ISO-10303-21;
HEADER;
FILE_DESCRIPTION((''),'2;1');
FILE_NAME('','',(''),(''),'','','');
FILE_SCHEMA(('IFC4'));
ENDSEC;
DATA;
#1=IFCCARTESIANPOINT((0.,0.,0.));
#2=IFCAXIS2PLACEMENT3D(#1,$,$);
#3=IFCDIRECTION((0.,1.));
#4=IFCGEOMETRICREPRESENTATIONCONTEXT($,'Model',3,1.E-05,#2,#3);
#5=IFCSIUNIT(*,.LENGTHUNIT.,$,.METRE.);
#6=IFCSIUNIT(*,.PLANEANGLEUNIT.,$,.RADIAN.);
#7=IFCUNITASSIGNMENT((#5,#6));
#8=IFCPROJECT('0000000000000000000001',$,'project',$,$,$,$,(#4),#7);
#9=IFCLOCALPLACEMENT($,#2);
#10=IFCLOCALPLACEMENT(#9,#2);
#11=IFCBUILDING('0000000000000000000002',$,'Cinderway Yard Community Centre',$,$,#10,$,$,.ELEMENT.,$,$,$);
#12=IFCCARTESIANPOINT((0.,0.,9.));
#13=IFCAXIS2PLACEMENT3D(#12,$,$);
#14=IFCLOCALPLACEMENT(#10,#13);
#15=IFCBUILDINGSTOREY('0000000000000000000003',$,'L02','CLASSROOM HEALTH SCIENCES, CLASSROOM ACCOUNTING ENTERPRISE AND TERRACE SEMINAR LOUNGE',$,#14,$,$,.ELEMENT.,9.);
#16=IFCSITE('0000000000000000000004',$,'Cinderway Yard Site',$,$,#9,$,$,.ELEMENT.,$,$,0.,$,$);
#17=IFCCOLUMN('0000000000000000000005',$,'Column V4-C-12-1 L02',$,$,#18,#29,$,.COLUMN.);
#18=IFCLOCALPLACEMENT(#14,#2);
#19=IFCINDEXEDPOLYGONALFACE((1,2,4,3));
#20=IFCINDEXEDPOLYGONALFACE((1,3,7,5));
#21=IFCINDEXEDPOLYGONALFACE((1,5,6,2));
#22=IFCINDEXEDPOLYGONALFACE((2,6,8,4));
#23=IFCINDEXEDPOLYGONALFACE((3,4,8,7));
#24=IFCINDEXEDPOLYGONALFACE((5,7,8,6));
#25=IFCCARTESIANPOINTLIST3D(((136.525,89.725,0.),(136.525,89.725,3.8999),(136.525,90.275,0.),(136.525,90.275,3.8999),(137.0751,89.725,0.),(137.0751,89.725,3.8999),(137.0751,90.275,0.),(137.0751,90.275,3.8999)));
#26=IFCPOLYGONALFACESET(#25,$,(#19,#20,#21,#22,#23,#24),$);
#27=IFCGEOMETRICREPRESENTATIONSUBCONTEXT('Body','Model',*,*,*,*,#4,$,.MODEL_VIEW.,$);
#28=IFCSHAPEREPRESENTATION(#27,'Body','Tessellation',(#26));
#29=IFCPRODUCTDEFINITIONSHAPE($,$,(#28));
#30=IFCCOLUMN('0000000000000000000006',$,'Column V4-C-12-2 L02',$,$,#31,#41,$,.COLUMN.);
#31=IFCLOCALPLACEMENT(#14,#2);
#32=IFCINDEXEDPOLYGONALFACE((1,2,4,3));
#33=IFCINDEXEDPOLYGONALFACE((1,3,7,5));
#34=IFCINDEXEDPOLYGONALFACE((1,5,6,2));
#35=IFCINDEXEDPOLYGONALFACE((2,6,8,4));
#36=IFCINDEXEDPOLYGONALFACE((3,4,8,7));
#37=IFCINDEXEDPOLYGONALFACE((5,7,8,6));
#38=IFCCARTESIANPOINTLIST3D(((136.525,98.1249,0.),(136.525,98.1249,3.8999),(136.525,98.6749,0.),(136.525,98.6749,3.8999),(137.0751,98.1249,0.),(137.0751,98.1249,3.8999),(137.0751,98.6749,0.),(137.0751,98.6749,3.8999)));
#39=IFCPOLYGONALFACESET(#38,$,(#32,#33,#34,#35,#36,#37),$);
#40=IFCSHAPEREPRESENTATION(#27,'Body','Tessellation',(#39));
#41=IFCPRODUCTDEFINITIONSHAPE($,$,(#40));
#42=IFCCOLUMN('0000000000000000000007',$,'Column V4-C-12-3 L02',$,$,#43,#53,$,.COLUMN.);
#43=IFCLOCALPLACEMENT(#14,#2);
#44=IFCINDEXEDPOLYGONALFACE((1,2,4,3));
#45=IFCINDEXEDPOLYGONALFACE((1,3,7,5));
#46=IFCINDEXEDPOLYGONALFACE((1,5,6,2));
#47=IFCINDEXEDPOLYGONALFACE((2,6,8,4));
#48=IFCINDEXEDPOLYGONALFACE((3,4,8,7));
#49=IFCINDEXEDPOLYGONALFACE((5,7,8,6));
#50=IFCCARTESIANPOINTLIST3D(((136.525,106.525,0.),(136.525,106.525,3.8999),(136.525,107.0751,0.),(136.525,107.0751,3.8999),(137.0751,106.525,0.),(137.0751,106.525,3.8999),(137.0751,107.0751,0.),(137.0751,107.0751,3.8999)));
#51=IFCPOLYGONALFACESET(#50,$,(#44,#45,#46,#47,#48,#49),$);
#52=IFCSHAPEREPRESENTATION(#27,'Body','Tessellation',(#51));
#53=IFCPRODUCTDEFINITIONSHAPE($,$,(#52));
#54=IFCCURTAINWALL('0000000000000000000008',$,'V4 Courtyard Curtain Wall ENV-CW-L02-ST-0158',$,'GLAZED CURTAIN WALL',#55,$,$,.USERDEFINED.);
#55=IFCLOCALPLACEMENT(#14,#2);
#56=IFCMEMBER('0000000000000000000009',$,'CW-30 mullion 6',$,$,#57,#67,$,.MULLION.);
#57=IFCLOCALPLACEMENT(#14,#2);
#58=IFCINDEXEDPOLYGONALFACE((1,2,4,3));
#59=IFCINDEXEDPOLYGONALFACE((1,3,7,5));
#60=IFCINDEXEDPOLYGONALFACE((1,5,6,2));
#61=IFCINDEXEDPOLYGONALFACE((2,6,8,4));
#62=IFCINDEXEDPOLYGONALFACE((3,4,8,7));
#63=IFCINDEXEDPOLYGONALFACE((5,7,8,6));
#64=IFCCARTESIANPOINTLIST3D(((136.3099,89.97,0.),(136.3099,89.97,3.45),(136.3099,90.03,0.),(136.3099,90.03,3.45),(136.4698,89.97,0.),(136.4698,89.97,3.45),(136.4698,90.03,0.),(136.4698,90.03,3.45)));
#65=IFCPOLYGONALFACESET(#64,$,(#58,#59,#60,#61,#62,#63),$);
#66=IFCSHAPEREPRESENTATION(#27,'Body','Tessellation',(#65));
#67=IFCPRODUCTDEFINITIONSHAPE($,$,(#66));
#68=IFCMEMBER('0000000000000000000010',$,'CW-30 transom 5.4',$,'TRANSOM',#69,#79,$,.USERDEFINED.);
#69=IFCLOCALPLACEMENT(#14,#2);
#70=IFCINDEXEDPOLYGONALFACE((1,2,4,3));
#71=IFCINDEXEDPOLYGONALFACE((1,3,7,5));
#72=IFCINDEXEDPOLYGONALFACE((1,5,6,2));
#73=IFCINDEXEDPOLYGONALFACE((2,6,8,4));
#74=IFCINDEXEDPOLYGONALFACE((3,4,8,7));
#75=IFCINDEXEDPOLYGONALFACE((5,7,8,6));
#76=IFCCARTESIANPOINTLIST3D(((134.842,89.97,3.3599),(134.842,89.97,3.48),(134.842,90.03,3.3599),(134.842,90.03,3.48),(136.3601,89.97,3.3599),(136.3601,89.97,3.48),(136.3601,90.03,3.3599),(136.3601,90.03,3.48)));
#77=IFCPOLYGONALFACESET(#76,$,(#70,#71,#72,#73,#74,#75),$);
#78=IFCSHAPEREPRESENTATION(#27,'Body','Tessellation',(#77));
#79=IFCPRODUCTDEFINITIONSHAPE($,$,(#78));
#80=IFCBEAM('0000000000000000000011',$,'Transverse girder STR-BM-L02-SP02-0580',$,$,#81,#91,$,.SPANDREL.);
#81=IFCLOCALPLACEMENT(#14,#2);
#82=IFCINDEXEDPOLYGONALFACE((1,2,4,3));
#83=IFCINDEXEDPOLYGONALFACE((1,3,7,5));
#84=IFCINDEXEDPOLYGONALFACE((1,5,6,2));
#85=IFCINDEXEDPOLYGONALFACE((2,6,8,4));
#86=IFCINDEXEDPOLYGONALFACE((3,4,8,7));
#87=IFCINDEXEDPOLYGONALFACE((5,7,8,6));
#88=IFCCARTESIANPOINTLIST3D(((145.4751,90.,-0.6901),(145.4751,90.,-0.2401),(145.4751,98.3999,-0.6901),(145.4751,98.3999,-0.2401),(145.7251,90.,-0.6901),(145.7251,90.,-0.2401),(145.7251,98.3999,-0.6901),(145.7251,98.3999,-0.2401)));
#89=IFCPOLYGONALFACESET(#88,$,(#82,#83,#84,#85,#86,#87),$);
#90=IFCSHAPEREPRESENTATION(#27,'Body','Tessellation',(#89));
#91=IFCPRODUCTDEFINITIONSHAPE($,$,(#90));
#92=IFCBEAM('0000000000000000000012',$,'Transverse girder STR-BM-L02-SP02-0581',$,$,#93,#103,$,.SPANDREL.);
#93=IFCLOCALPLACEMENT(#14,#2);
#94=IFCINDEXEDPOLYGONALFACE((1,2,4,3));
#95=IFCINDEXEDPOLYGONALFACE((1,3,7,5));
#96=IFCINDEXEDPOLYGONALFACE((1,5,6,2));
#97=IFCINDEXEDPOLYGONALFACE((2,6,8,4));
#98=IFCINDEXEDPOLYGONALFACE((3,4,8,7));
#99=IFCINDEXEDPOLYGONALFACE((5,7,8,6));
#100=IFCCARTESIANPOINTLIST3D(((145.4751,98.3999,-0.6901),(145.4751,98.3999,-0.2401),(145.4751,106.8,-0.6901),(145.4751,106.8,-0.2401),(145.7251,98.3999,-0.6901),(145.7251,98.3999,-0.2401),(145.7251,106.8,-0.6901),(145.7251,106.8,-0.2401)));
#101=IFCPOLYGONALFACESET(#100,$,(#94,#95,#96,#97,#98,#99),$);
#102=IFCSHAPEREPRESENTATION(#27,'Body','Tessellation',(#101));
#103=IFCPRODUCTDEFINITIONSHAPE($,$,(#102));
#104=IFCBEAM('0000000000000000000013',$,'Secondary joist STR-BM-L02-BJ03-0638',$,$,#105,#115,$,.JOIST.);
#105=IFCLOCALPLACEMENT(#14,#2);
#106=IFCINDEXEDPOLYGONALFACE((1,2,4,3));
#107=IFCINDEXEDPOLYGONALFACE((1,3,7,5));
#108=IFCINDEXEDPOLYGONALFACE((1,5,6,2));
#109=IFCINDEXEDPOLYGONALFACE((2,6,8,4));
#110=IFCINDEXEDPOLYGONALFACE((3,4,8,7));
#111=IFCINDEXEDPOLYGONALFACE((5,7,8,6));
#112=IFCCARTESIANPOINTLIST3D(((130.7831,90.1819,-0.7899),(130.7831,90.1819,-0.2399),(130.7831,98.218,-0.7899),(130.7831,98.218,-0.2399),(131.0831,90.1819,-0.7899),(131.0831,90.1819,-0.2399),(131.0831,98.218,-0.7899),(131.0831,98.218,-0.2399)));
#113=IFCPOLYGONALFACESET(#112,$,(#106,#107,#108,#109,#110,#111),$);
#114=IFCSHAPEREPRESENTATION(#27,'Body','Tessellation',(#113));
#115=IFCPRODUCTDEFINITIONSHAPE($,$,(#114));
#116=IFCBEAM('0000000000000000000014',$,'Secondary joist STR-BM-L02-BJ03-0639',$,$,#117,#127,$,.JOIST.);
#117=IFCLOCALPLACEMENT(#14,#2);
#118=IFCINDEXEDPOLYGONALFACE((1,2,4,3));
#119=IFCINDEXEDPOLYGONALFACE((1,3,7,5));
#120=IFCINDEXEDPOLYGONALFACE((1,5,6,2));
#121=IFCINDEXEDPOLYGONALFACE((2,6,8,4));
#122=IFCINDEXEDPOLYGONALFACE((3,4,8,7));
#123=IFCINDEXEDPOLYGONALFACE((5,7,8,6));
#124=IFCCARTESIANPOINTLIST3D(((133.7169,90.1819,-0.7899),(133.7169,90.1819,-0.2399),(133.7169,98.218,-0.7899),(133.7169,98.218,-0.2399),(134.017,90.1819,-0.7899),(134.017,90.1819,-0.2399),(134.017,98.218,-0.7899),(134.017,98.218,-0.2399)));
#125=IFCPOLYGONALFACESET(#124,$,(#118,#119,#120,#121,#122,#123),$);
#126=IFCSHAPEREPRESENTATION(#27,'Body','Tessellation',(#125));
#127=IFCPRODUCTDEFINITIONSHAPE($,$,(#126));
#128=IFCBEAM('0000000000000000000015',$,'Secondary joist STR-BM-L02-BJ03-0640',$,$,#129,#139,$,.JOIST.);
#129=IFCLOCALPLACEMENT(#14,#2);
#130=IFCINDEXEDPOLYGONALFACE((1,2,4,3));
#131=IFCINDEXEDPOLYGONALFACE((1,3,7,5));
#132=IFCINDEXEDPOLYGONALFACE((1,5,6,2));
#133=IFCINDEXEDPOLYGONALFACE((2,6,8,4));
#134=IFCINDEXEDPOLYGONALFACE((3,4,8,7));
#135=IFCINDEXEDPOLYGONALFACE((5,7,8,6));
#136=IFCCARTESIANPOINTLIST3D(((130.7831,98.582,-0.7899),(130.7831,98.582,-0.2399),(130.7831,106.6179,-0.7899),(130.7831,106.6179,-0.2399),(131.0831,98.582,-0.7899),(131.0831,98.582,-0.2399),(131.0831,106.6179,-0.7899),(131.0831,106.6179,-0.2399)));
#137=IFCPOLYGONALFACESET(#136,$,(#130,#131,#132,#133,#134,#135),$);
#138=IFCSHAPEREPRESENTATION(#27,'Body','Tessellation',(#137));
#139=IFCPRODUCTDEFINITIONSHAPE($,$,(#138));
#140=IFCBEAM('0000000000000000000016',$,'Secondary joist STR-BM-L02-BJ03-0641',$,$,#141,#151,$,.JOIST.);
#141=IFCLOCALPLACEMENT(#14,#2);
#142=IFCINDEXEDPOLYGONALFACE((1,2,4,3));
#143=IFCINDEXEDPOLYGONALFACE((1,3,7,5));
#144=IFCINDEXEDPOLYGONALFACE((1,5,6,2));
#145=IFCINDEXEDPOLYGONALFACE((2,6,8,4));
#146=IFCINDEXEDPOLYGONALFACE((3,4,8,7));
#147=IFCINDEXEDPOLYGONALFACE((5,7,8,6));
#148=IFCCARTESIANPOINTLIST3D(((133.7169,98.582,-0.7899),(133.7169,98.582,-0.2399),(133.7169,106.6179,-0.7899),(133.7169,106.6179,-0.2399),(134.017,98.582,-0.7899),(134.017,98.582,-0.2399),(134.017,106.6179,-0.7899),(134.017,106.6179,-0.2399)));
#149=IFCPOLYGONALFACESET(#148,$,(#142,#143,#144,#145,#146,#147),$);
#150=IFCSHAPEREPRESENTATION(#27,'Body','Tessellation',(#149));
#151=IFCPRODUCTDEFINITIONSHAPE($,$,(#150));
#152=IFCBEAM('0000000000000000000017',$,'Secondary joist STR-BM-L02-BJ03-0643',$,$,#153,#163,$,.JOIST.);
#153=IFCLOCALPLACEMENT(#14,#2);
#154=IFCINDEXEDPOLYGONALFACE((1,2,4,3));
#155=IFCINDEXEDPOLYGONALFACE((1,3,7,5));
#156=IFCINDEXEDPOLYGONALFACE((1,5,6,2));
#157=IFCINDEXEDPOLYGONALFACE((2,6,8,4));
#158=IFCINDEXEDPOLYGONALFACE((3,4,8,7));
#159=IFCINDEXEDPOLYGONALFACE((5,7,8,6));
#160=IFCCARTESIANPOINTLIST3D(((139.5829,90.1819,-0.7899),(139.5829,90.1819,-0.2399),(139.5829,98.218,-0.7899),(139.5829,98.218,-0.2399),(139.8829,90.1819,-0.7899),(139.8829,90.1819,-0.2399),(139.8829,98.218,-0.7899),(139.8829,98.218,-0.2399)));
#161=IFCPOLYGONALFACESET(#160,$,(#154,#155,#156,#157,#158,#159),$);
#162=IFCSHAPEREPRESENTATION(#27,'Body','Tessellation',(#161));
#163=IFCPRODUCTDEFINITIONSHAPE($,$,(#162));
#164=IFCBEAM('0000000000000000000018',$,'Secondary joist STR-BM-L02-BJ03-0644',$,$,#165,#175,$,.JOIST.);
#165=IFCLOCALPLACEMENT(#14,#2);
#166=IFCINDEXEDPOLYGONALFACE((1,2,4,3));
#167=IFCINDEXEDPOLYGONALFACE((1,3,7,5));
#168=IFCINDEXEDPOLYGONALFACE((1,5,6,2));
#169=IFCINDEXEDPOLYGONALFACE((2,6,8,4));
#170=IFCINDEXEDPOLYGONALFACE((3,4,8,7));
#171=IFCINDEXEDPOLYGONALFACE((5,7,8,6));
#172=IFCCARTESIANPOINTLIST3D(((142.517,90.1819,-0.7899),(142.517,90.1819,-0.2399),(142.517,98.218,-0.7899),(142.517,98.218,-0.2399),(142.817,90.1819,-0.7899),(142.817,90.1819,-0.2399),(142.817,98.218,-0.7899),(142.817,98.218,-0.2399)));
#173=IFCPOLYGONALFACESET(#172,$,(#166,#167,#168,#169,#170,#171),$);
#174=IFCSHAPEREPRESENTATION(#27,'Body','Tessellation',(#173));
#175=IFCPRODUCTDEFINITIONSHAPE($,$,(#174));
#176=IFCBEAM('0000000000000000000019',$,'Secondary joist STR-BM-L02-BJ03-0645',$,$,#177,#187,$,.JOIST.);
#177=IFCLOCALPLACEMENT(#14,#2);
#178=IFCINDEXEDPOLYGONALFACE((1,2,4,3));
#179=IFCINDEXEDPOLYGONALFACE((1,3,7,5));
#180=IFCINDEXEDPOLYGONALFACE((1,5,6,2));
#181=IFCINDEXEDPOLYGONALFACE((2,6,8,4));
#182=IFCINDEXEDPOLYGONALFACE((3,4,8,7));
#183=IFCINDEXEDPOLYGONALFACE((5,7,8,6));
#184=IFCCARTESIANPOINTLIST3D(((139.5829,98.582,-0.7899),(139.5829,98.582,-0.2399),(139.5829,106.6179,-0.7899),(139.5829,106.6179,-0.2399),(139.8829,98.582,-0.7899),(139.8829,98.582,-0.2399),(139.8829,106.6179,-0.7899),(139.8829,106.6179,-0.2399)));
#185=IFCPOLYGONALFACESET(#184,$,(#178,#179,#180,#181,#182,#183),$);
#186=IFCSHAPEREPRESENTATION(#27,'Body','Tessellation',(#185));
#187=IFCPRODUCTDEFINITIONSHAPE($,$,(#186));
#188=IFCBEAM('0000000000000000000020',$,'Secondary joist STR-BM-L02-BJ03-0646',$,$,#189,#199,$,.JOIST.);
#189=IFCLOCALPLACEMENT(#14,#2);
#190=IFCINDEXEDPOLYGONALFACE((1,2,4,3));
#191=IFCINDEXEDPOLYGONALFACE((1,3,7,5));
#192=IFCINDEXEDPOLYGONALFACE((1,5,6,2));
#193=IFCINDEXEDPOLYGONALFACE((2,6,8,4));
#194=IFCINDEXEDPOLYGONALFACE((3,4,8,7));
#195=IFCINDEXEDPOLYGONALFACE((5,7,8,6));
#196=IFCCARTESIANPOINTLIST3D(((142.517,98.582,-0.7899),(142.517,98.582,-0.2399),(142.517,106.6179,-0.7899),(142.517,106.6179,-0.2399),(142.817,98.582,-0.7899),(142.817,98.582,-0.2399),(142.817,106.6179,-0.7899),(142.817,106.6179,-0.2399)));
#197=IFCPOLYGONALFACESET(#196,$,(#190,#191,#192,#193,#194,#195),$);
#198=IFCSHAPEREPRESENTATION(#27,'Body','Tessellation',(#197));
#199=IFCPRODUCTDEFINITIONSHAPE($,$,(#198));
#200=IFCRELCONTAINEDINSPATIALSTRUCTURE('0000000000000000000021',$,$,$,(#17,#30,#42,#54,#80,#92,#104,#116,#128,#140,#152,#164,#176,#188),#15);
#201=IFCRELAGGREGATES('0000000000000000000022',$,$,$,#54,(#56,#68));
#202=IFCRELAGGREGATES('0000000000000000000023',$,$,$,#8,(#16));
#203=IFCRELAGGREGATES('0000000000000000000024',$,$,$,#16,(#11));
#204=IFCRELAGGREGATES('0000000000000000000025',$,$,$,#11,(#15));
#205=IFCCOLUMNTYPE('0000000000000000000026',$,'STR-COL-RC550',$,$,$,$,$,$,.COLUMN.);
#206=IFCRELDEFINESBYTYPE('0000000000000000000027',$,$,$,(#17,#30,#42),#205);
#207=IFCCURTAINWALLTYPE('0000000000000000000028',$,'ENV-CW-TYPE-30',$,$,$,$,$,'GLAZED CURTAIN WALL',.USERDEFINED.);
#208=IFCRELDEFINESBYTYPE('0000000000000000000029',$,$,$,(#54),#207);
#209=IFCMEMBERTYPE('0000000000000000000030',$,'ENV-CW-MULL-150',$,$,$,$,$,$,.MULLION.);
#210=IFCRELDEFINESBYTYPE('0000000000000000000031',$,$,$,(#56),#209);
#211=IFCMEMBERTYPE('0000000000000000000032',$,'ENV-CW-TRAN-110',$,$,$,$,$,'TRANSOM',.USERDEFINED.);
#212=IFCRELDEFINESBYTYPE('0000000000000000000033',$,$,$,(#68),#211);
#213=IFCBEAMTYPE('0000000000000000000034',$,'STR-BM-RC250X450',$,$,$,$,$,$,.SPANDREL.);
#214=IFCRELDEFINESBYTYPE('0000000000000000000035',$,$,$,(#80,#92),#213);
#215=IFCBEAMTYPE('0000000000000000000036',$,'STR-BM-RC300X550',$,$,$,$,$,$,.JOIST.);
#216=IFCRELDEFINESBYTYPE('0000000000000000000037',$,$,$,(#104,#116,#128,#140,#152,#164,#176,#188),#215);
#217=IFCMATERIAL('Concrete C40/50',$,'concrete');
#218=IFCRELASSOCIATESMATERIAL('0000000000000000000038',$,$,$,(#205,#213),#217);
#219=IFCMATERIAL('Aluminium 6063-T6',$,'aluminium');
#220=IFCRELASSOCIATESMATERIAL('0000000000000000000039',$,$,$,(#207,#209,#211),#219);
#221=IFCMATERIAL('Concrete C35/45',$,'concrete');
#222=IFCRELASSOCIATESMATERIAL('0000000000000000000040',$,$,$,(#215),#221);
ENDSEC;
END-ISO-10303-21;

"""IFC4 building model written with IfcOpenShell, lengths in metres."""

from ifc_helpers import new_model, si_unit, direction, frame, origin, origin_2d, place, context, subcontext, project, spatial, rectangle, extrude, material, material_profile, profile_set, type_object, element, aggregate, save


model = new_model("IFC4")

# Units and contexts
model_context = context("Model", 3, precision=1e-05, world=origin(), true_north=direction((0.0, 1.0)))
body_context = subcontext(model_context, "Body", "Model", "MODEL_VIEW")
ifc_project = project(units=[si_unit("LENGTHUNIT", "METRE"), si_unit("PLANEANGLEUNIT", "RADIAN")], contexts=[model_context])

# Site, building, storey
site_placement = place(None, origin())
site = spatial("IfcSite", under=ifc_project, at=site_placement, Name="Cinderway Yard Site", CompositionType="ELEMENT", RefElevation=0.0)
building_placement = place(site_placement, origin())
building = spatial("IfcBuilding", under=site, at=building_placement, Name="Cinderway Yard Community Centre", CompositionType="ELEMENT")
storey_placement = place(building_placement, frame((0.0, 0.0, 9.0)))
storey = spatial("IfcBuildingStorey", under=building, at=storey_placement, Name="L02", Description="CLASSROOM HEALTH SCIENCES, CLASSROOM ACCOUNTING ENTERPRISE AND TERRACE SEMINAR LOUNGE", CompositionType="ELEMENT", Elevation=9.0)

# Columns
ifc_material_1 = material(Name="Concrete C40/50", Category="concrete")
ifc_material_profile_1 = material_profile(ifc_material_1, rectangle(XDim=0.55, YDim=0.55, at=origin_2d()), Name="Concrete C40/50")
ifc_profile_set_1 = profile_set([ifc_material_profile_1], Name="Concrete C40/50")
column_type = type_object("IfcColumnType", Name="STR-COL-RC550", PredefinedType="COLUMN", material=ifc_profile_set_1)
for number, where, z_axis, x_axis, name in (
    (1, (136.8, 90.0, 0.0), (0.0, 0.0, 1.0), (1.0, 0.0, 0.0), "Column V4-C-12-1 L02"),
    (2, (136.8, 98.3999, 0.0), (0.0, 0.0, 1.0), (1.0, 0.0, 0.0), "Column V4-C-12-2 L02"),
    (3, (136.8, 106.8, 0.0), (0.0, 0.0, 1.0), (1.0, 0.0, 0.0), "Column V4-C-12-3 L02"),
):
    element("IfcColumn", number, at=place(storey_placement, frame(where, z_axis=z_axis, x_axis=x_axis)), inside=storey, type_object=column_type, Name=name, PredefinedType="COLUMN", context=body_context, shape_type="SweptSolid", body=[
        extrude(rectangle(XDim=0.55, YDim=0.55, at=origin_2d()), origin(), (0.0, 0.0, 1.0), 3.8999),
    ])

# Curtain wall, members
ifc_material_2 = material(Name="Aluminium 6063-T6", Category="aluminium")
curtain_wall_type = type_object("IfcCurtainWallType", Name="ENV-CW-TYPE-30", ElementType="GLAZED CURTAIN WALL", PredefinedType="USERDEFINED", material=ifc_material_2)
curtain_wall_placement = place(storey_placement, origin())
curtain_wall = element("IfcCurtainWall", 4, at=curtain_wall_placement, inside=storey, type_object=curtain_wall_type, Name="V4 Courtyard Curtain Wall ENV-CW-L02-ST-0158", ObjectType="GLAZED CURTAIN WALL", PredefinedType="USERDEFINED")
ifc_material_profile_2 = material_profile(ifc_material_2, rectangle(XDim=0.0601, YDim=0.1599, at=origin_2d()), Name="Aluminium 6063-T6")
ifc_profile_set_2 = profile_set([ifc_material_profile_2], Name="Aluminium 6063-T6")
member_type_1 = type_object("IfcMemberType", Name="ENV-CW-MULL-150", PredefinedType="MULLION", material=ifc_profile_set_2)
member_1_placement = place(storey_placement, frame((136.3899, 90.0, 0.0), z_axis=(0.0, 0.0, 1.0), x_axis=(0.0, 1.0, 0.0)))
member_1 = element("IfcMember", 5, at=member_1_placement, type_object=member_type_1, Name="CW-30 mullion 6", PredefinedType="MULLION", context=body_context, shape_type="SweptSolid", body=[
    extrude(rectangle(XDim=0.0601, YDim=0.1599, at=origin_2d()), origin(), (0.0, 0.0, 1.0), 3.45),
])
ifc_material_profile_3 = material_profile(ifc_material_2, rectangle(XDim=0.0601, YDim=0.1201, at=origin_2d()), Name="Aluminium 6063-T6")
ifc_profile_set_3 = profile_set([ifc_material_profile_3], Name="Aluminium 6063-T6")
member_type_2 = type_object("IfcMemberType", Name="ENV-CW-TRAN-110", ElementType="TRANSOM", PredefinedType="USERDEFINED", material=ifc_profile_set_3)
member_2_placement = place(storey_placement, frame((134.842, 90.0, 3.4199), z_axis=(1.0, 0.0, 0.0), x_axis=(0.0, 1.0, 0.0)))
member_2 = element("IfcMember", 6, at=member_2_placement, type_object=member_type_2, Name="CW-30 transom 5.4", ObjectType="TRANSOM", PredefinedType="USERDEFINED", context=body_context, shape_type="SweptSolid", body=[
    extrude(rectangle(XDim=0.0601, YDim=0.1201, at=origin_2d()), origin(), (0.0, 0.0, 1.0), 1.5181),
])

# Beams
ifc_material_profile_4 = material_profile(ifc_material_1, rectangle(XDim=0.25, YDim=0.45, at=origin_2d()), Name="Concrete C40/50")
ifc_profile_set_4 = profile_set([ifc_material_profile_4], Name="Concrete C40/50")
beam_type_1 = type_object("IfcBeamType", Name="STR-BM-RC250X450", PredefinedType="SPANDREL", material=ifc_profile_set_4)
beam_1_placement = place(storey_placement, frame((145.6001, 90.0, -0.4651), z_axis=(0.0, 1.0, 0.0), x_axis=(-1.0, 0.0, 0.0)))
element("IfcBeam", 7, at=beam_1_placement, inside=storey, type_object=beam_type_1, Name="Transverse girder STR-BM-L02-SP02-0580", PredefinedType="SPANDREL", context=body_context, shape_type="SweptSolid", body=[
    extrude(rectangle(XDim=0.25, YDim=0.45, at=origin_2d()), origin(), (0.0, 0.0, 1.0), 8.3999),
])
beam_2_placement = place(storey_placement, frame((145.6001, 98.3999, -0.4651), z_axis=(0.0, 1.0, 0.0), x_axis=(-1.0, 0.0, 0.0)))
element("IfcBeam", 8, at=beam_2_placement, inside=storey, type_object=beam_type_1, Name="Transverse girder STR-BM-L02-SP02-0581", PredefinedType="SPANDREL", context=body_context, shape_type="SweptSolid", body=[
    extrude(rectangle(XDim=0.25, YDim=0.45, at=origin_2d()), origin(), (0.0, 0.0, 1.0), 8.4001),
])
ifc_material_3 = material(Name="Concrete C35/45", Category="concrete")
ifc_material_profile_5 = material_profile(ifc_material_3, rectangle(XDim=0.3, YDim=0.55, at=origin_2d()), Name="Concrete C35/45")
ifc_profile_set_5 = profile_set([ifc_material_profile_5], Name="Concrete C35/45")
beam_type_2 = type_object("IfcBeamType", Name="STR-BM-RC300X550", PredefinedType="JOIST", material=ifc_profile_set_5)
for number, where, z_axis, x_axis, name in (
    (9, (130.9331, 90.1819, -0.5149), (0.0, 1.0, 0.0), (-1.0, 0.0, 0.0), "Secondary joist STR-BM-L02-BJ03-0638"),
    (10, (133.8669, 90.1819, -0.5149), (0.0, 1.0, 0.0), (-1.0, 0.0, 0.0), "Secondary joist STR-BM-L02-BJ03-0639"),
):
    element("IfcBeam", number, at=place(storey_placement, frame(where, z_axis=z_axis, x_axis=x_axis)), inside=storey, type_object=beam_type_2, Name=name, PredefinedType="JOIST", context=body_context, shape_type="SweptSolid", body=[
        extrude(rectangle(XDim=0.3, YDim=0.55, at=origin_2d()), origin(), (0.0, 0.0, 1.0), 8.0361),
    ])
for number, where, z_axis, x_axis, name in (
    (11, (130.9331, 98.582, -0.5149), (0.0, 1.0, 0.0), (-1.0, 0.0, 0.0), "Secondary joist STR-BM-L02-BJ03-0640"),
    (12, (133.8669, 98.582, -0.5149), (0.0, 1.0, 0.0), (-1.0, 0.0, 0.0), "Secondary joist STR-BM-L02-BJ03-0641"),
):
    element("IfcBeam", number, at=place(storey_placement, frame(where, z_axis=z_axis, x_axis=x_axis)), inside=storey, type_object=beam_type_2, Name=name, PredefinedType="JOIST", context=body_context, shape_type="SweptSolid", body=[
        extrude(rectangle(XDim=0.3, YDim=0.55, at=origin_2d()), origin(), (0.0, 0.0, 1.0), 8.0359),
    ])
for number, where, z_axis, x_axis, name in (
    (13, (139.7329, 90.1819, -0.5149), (0.0, 1.0, 0.0), (-1.0, 0.0, 0.0), "Secondary joist STR-BM-L02-BJ03-0643"),
    (14, (142.667, 90.1819, -0.5149), (0.0, 1.0, 0.0), (-1.0, 0.0, 0.0), "Secondary joist STR-BM-L02-BJ03-0644"),
):
    element("IfcBeam", number, at=place(storey_placement, frame(where, z_axis=z_axis, x_axis=x_axis)), inside=storey, type_object=beam_type_2, Name=name, PredefinedType="JOIST", context=body_context, shape_type="SweptSolid", body=[
        extrude(rectangle(XDim=0.3, YDim=0.55, at=origin_2d()), origin(), (0.0, 0.0, 1.0), 8.0361),
    ])
for number, where, z_axis, x_axis, name in (
    (15, (139.7329, 98.582, -0.5149), (0.0, 1.0, 0.0), (-1.0, 0.0, 0.0), "Secondary joist STR-BM-L02-BJ03-0645"),
    (16, (142.667, 98.582, -0.5149), (0.0, 1.0, 0.0), (-1.0, 0.0, 0.0), "Secondary joist STR-BM-L02-BJ03-0646"),
):
    element("IfcBeam", number, at=place(storey_placement, frame(where, z_axis=z_axis, x_axis=x_axis)), inside=storey, type_object=beam_type_2, Name=name, PredefinedType="JOIST", context=body_context, shape_type="SweptSolid", body=[
        extrude(rectangle(XDim=0.3, YDim=0.55, at=origin_2d()), origin(), (0.0, 0.0, 1.0), 8.0359),
    ])

aggregate(curtain_wall, [member_1, member_2])

save(model, "model.ifc")
